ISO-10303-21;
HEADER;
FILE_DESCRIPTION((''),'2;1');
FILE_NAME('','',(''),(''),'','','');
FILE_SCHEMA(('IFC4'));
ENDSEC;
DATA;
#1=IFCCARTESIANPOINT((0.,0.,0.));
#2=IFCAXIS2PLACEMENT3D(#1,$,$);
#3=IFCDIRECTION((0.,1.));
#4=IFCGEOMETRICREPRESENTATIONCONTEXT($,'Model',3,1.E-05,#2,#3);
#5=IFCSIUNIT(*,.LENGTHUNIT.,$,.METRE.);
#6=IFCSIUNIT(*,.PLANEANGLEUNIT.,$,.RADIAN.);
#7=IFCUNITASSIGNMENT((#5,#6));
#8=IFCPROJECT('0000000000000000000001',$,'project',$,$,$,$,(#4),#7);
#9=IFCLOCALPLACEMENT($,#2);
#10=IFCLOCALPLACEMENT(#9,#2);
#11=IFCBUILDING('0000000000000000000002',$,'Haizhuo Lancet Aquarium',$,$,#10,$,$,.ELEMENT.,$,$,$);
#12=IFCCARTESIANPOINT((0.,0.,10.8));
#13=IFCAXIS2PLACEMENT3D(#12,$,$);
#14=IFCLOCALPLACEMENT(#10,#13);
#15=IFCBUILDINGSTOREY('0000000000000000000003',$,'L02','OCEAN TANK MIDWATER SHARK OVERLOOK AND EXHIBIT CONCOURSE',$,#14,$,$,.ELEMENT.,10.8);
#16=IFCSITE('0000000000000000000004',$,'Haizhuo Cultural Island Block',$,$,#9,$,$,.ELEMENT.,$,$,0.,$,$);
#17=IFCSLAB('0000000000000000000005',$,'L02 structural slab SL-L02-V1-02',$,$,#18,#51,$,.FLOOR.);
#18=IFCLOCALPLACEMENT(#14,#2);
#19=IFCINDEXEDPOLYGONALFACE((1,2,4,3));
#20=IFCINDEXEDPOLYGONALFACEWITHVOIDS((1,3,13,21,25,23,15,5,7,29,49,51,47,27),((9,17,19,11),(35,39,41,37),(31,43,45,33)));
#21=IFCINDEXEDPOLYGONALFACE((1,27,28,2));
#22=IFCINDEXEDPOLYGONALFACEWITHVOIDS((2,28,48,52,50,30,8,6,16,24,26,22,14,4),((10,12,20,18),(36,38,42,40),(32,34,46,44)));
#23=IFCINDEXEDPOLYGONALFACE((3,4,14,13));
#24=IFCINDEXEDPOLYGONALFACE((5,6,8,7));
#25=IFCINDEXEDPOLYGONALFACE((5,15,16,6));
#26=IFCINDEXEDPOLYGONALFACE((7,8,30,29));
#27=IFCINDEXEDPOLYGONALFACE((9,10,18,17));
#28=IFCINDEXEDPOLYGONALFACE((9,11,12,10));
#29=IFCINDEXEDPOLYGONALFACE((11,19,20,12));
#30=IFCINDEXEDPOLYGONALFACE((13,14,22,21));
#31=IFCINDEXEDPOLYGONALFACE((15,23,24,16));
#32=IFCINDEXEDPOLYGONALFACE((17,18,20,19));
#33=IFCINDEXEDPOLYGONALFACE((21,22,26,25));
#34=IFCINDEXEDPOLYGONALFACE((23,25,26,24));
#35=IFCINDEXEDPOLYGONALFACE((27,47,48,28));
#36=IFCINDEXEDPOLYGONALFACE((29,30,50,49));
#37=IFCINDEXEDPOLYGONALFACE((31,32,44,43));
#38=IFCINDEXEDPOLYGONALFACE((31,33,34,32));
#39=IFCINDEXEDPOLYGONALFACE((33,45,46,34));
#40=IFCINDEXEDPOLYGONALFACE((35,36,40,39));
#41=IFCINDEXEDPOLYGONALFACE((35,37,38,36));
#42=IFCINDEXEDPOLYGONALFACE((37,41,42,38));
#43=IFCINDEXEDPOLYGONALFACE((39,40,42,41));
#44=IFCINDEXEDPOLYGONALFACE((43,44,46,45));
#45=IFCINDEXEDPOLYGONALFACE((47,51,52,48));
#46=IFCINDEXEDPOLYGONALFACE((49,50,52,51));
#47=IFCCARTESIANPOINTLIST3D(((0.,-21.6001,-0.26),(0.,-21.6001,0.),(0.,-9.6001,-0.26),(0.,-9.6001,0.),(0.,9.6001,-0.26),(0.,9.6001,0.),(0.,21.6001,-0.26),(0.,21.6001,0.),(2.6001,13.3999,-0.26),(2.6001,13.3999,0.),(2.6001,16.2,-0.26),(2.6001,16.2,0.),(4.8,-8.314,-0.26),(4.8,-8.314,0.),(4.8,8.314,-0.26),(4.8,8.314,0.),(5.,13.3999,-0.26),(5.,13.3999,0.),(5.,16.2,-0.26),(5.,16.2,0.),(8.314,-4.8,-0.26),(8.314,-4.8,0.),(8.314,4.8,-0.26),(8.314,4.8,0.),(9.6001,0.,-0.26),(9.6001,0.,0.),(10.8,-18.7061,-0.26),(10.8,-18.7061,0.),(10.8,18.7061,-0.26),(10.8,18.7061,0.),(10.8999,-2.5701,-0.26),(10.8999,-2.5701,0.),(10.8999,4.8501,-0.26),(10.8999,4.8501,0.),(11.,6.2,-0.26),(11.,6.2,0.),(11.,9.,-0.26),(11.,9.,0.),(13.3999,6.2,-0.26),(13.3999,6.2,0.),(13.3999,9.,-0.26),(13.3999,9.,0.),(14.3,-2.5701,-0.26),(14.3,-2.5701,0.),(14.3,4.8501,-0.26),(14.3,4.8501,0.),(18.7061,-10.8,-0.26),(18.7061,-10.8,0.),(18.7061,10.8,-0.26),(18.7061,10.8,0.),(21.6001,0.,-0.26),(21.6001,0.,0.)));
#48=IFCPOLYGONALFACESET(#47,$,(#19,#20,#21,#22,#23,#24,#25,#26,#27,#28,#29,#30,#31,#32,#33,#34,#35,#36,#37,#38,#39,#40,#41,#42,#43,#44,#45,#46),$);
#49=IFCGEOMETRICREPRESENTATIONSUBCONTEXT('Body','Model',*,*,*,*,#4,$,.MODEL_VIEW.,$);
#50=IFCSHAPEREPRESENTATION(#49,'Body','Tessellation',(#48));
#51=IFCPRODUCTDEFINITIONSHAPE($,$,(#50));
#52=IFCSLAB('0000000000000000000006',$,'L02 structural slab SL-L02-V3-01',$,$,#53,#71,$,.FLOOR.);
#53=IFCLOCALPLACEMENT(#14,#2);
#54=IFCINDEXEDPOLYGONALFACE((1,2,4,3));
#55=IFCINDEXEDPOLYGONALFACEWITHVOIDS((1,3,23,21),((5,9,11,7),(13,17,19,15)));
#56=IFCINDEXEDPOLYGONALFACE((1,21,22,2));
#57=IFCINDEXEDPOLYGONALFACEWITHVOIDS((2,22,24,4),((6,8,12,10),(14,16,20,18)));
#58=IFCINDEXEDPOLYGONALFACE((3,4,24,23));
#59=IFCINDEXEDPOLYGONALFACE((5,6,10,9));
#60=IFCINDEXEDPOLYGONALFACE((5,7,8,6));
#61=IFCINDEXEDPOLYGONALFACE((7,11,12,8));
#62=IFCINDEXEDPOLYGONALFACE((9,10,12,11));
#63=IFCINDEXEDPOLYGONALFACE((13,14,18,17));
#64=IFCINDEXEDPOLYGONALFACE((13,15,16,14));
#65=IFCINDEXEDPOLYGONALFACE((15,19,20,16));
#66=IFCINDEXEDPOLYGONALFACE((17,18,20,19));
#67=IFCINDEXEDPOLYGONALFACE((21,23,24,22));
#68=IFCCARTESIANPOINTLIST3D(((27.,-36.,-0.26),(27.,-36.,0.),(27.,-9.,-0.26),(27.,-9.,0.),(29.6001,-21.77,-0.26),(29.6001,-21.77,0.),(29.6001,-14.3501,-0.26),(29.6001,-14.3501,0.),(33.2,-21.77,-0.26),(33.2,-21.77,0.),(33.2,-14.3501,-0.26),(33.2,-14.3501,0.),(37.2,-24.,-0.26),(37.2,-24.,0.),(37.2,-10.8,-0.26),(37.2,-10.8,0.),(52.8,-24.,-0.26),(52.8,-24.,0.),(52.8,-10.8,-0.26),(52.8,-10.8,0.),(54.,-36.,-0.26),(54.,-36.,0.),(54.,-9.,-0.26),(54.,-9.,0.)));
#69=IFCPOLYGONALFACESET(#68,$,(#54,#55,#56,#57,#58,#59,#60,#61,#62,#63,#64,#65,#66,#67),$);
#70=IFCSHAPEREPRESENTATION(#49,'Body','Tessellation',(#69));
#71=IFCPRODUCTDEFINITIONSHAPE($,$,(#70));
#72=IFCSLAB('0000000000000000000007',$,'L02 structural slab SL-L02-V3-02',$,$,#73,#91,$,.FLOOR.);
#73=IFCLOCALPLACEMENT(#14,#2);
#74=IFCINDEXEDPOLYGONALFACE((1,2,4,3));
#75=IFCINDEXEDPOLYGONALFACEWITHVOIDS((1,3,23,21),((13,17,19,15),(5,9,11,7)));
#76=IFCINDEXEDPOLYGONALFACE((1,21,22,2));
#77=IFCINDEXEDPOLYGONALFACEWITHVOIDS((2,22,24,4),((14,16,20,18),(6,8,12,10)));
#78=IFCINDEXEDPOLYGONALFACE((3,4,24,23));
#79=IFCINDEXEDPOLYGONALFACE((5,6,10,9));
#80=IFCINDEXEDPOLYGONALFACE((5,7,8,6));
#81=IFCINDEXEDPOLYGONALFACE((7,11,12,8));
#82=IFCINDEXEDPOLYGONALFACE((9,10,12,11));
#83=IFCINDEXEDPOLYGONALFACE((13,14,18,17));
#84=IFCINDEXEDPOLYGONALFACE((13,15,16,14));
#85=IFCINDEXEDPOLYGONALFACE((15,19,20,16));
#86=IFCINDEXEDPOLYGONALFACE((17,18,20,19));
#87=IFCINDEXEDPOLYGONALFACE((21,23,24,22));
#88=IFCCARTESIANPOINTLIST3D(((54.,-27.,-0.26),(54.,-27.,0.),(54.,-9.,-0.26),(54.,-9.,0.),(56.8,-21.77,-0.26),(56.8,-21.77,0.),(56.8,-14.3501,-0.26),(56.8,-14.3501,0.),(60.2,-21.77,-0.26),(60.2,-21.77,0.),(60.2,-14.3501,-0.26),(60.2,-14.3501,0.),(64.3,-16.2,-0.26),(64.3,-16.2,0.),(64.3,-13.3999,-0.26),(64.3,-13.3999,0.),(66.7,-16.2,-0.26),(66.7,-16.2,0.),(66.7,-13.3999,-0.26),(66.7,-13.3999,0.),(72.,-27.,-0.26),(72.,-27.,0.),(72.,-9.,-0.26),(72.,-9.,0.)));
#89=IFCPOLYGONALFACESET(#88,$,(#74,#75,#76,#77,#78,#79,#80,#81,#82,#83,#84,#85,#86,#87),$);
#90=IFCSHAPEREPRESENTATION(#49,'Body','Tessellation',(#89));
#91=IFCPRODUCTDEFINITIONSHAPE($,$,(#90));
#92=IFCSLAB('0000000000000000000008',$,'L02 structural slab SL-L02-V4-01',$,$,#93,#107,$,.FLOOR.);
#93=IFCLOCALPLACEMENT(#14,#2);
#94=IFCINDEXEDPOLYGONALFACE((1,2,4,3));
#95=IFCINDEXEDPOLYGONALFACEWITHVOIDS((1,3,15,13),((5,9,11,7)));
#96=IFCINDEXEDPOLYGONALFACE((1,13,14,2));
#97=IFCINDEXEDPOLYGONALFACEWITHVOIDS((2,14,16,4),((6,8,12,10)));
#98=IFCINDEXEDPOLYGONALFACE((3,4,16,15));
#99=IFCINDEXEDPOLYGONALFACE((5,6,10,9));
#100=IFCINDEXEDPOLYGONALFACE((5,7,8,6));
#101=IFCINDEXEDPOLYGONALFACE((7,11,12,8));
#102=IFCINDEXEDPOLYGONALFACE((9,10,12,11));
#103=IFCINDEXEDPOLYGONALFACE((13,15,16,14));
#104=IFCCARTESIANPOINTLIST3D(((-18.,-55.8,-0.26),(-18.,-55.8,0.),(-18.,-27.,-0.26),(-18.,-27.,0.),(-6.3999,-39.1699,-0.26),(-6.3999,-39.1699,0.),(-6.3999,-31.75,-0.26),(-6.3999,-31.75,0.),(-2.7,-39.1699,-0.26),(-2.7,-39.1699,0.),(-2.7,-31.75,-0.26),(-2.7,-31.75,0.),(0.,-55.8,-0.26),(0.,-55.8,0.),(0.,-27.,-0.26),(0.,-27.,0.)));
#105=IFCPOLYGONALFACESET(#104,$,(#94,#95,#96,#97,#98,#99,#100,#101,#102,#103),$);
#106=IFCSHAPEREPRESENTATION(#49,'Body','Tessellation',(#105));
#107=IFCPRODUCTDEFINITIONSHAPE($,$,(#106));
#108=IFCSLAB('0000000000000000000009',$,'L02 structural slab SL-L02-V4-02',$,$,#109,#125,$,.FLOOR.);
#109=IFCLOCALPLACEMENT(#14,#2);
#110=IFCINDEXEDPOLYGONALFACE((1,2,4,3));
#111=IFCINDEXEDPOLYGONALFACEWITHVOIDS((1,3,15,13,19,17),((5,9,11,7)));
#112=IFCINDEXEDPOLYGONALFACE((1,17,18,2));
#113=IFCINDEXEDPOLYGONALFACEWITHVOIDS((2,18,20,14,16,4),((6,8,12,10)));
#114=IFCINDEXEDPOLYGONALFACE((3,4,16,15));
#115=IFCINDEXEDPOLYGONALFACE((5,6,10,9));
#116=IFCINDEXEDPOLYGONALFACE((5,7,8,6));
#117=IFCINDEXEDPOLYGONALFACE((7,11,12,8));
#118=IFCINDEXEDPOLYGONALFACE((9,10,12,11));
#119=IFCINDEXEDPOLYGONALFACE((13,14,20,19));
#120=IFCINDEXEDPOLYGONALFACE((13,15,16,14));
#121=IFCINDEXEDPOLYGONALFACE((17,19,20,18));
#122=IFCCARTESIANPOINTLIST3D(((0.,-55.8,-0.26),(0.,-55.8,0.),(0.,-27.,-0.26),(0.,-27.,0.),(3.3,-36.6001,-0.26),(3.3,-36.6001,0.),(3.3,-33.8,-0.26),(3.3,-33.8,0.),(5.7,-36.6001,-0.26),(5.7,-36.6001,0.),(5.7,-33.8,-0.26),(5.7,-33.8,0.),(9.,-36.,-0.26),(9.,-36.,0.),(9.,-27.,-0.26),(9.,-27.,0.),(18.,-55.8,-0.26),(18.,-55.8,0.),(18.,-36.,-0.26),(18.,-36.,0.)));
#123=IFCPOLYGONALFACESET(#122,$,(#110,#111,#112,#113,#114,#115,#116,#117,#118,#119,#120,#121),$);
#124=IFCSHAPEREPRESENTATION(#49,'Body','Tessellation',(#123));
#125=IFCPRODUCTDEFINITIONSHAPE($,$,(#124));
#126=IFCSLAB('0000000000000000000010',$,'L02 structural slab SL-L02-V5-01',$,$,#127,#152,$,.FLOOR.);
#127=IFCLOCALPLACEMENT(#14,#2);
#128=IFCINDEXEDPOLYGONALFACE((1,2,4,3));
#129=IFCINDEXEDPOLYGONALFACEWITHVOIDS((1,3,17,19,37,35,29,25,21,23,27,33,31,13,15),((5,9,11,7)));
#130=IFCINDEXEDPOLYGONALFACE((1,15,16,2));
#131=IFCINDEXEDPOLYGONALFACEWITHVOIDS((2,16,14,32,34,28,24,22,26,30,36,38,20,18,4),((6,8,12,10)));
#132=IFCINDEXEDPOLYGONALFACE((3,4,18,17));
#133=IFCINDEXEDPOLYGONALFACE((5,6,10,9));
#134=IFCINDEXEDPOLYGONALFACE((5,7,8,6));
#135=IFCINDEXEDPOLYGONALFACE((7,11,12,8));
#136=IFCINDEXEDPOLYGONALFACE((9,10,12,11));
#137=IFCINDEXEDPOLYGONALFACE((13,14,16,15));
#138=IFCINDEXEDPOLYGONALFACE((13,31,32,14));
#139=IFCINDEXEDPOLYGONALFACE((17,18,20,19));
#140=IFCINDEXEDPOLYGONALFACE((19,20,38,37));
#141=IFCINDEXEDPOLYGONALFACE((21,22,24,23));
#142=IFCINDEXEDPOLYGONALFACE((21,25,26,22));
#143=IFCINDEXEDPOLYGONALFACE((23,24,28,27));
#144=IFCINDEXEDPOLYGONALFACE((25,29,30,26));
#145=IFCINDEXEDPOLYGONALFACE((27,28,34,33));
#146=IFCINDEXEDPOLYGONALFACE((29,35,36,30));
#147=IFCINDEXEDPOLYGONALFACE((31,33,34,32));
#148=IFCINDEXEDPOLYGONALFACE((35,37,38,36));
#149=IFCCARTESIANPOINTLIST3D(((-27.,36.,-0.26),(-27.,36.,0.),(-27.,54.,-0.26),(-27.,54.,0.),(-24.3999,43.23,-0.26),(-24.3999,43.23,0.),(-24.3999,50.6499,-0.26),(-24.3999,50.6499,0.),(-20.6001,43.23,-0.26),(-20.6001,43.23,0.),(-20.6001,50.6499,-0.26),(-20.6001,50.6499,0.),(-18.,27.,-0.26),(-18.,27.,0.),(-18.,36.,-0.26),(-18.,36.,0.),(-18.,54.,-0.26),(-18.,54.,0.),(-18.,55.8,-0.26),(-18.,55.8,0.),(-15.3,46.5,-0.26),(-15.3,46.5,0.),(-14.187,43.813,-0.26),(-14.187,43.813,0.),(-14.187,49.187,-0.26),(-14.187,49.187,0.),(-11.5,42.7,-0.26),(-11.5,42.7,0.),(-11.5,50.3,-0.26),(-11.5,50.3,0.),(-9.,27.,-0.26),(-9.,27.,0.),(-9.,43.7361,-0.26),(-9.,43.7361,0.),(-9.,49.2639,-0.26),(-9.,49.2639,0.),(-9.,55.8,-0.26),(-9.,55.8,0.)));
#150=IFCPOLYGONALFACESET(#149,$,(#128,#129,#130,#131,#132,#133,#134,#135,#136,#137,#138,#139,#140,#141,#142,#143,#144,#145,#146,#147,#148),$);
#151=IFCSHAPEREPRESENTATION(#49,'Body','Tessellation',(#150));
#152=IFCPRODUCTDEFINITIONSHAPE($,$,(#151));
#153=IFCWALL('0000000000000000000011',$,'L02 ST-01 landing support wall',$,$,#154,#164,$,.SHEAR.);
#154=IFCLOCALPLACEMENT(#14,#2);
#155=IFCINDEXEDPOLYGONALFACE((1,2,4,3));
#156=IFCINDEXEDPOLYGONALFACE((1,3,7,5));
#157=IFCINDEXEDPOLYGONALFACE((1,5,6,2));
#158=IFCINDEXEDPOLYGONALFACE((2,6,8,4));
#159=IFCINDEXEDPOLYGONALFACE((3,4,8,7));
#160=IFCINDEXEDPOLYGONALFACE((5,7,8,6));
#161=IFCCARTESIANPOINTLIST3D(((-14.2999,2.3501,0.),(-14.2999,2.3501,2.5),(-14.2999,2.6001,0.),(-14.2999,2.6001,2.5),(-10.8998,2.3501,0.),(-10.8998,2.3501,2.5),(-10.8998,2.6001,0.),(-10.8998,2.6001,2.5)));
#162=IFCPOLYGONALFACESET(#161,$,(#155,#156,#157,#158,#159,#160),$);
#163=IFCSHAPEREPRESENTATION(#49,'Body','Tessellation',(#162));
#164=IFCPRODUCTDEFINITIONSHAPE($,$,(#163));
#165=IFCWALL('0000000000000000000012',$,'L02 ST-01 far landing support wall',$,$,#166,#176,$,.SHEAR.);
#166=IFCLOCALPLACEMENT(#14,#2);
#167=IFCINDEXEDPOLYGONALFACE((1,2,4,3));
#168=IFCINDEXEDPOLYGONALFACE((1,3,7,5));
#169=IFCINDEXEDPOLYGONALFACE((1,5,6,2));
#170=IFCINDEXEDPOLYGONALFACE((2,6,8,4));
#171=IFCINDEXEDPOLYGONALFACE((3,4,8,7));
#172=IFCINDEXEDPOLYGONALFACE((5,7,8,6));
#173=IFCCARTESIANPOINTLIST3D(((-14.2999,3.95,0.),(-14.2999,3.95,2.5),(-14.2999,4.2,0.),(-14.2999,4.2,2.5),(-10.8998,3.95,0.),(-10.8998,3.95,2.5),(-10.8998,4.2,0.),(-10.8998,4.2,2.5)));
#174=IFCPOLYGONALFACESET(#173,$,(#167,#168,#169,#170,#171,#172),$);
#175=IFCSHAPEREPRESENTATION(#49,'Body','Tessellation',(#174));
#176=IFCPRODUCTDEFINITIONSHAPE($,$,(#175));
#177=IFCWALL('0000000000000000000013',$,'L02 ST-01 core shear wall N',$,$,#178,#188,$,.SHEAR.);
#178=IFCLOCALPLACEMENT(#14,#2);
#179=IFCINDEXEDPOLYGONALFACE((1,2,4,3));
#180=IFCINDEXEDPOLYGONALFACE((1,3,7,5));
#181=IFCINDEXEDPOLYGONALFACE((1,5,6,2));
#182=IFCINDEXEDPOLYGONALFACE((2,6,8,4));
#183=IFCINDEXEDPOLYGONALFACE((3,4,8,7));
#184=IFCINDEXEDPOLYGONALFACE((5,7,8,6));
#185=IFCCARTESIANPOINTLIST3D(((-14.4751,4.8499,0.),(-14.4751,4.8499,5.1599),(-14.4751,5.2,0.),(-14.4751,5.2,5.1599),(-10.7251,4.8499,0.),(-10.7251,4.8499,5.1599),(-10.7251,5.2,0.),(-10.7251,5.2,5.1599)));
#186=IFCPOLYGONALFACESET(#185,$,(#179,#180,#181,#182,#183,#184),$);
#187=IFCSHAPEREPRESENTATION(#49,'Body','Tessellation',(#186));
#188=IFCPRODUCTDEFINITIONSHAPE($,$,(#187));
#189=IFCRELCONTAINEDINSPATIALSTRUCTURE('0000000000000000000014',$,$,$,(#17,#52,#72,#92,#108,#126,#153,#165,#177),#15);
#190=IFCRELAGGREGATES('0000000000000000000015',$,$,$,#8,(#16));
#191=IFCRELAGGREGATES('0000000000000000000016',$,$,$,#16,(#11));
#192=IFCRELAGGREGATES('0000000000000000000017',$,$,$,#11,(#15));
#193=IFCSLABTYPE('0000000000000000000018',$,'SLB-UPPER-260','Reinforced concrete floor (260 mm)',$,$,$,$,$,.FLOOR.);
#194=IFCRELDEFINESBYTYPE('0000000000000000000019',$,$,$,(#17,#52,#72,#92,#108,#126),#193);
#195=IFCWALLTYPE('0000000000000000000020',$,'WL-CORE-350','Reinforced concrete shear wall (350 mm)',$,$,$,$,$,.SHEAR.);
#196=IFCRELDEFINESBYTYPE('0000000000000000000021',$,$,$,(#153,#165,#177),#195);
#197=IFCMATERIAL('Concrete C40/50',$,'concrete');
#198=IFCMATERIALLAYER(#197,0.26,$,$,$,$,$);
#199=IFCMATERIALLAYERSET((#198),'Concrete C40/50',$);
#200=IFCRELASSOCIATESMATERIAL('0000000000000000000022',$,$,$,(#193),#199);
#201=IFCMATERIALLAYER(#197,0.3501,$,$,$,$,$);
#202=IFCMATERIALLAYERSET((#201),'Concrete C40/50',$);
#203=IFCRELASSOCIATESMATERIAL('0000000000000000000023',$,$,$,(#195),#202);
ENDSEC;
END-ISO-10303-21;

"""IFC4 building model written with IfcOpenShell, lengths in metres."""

from ifc_helpers import new_model, si_unit, direction, frame, frame_2d, origin, place, context, subcontext, project, spatial, polyline, rectangle, outline, extrude, material, layer, layer_set, type_object, element, save


model = new_model("IFC4")

# Units and contexts
model_context = context("Model", 3, precision=1e-05, world=origin(), true_north=direction((0.0, 1.0)))
body_context = subcontext(model_context, "Body", "Model", "MODEL_VIEW")
ifc_project = project(units=[si_unit("LENGTHUNIT", "METRE"), si_unit("PLANEANGLEUNIT", "RADIAN")], contexts=[model_context])

# Site, building, storey
site_placement = place(None, origin())
site = spatial("IfcSite", under=ifc_project, at=site_placement, Name="Haizhuo Cultural Island Block", CompositionType="ELEMENT", RefElevation=0.0)
building_placement = place(site_placement, origin())
building = spatial("IfcBuilding", under=site, at=building_placement, Name="Haizhuo Lancet Aquarium", CompositionType="ELEMENT")
storey_placement = place(building_placement, frame((0.0, 0.0, 10.8)))
storey = spatial("IfcBuildingStorey", under=building, at=storey_placement, Name="L02", Description="OCEAN TANK MIDWATER SHARK OVERLOOK AND EXHIBIT CONCOURSE", CompositionType="ELEMENT", Elevation=10.8)

# Shared definitions
ifc_material_1 = material(Name="Concrete C40/50", Category="concrete")

# Slabs
ifc_layer_1 = layer(ifc_material_1, 0.26)
ifc_layer_set_1 = layer_set([ifc_layer_1], Name="Concrete C40/50")
slab_type = type_object("IfcSlabType", Name="SLB-UPPER-260", Description="Reinforced concrete floor (260 mm)", PredefinedType="FLOOR", material=ifc_layer_set_1)
slab_1_placement = place(storey_placement, frame((0.0, 0.0, -0.26)))
element("IfcSlab", 1, at=slab_1_placement, inside=storey, type_object=slab_type, Name="L02 structural slab SL-L02-V1-02", PredefinedType="FLOOR", context=body_context, shape_type="SweptSolid", body=[
    extrude(outline(polyline([(0.0, 21.6001), (0.0, 9.6001), (4.8, 8.314), (8.314, 4.8), (9.6001, 0.0), (8.314, -4.8), (4.8, -8.314), (0.0, -9.6001), (0.0, -21.6001), (10.8, -18.7061), (18.7061, -10.8), (21.6001, 0.0), (18.7061, 10.8), (10.8, 18.7061), (0.0, 21.6001)]), holes=[polyline([(14.3, -2.5701), (14.3, 4.8501), (10.8999, 4.8501), (10.8999, -2.5701), (14.3, -2.5701)]), polyline([(5.0, 13.3999), (5.0, 16.2), (2.6001, 16.2), (2.6001, 13.3999), (5.0, 13.3999)]), polyline([(13.3999, 9.0), (11.0, 9.0), (11.0, 6.2), (13.3999, 6.2), (13.3999, 9.0)])]), origin(), (0.0, 0.0, 1.0), 0.26),
])
slab_2_placement = place(storey_placement, frame((0.0, 0.0, -0.26)))
element("IfcSlab", 2, at=slab_2_placement, inside=storey, type_object=slab_type, Name="L02 structural slab SL-L02-V3-01", PredefinedType="FLOOR", context=body_context, shape_type="SweptSolid", body=[
    extrude(outline(polyline([(54.0, -36.0), (54.0, -9.0), (27.0, -9.0), (27.0, -36.0), (54.0, -36.0)]), holes=[polyline([(29.6001, -21.77), (33.2, -21.77), (33.2, -14.3501), (29.6001, -14.3501), (29.6001, -21.77)]), polyline([(52.8, -10.8), (37.2, -10.8), (37.2, -24.0), (52.8, -24.0), (52.8, -10.8)])]), origin(), (0.0, 0.0, 1.0), 0.26),
])
slab_3_placement = place(storey_placement, frame((0.0, 0.0, -0.26)))
element("IfcSlab", 3, at=slab_3_placement, inside=storey, type_object=slab_type, Name="L02 structural slab SL-L02-V3-02", PredefinedType="FLOOR", context=body_context, shape_type="SweptSolid", body=[
    extrude(outline(polyline([(54.0, -9.0), (54.0, -27.0), (72.0, -27.0), (72.0, -9.0), (54.0, -9.0)]), holes=[polyline([(56.8, -14.3501), (56.8, -21.77), (60.2, -21.77), (60.2, -14.3501), (56.8, -14.3501)]), polyline([(66.7, -16.2), (66.7, -13.3999), (64.3, -13.3999), (64.3, -16.2), (66.7, -16.2)])]), origin(), (0.0, 0.0, 1.0), 0.26),
])
slab_4_placement = place(storey_placement, frame((0.0, 0.0, -0.26)))
element("IfcSlab", 4, at=slab_4_placement, inside=storey, type_object=slab_type, Name="L02 structural slab SL-L02-V4-01", PredefinedType="FLOOR", context=body_context, shape_type="SweptSolid", body=[
    extrude(outline(polyline([(0.0, -55.8), (0.0, -27.0), (-18.0, -27.0), (-18.0, -55.8), (0.0, -55.8)]), holes=[polyline([(-2.7, -39.1699), (-2.7, -31.75), (-6.3999, -31.75), (-6.3999, -39.1699), (-2.7, -39.1699)])]), origin(), (0.0, 0.0, 1.0), 0.26),
])
slab_5_placement = place(storey_placement, frame((0.0, 0.0, -0.26)))
element("IfcSlab", 5, at=slab_5_placement, inside=storey, type_object=slab_type, Name="L02 structural slab SL-L02-V4-02", PredefinedType="FLOOR", context=body_context, shape_type="SweptSolid", body=[
    extrude(outline(polyline([(18.0, -36.0), (9.0, -36.0), (9.0, -27.0), (0.0, -27.0), (0.0, -55.8), (18.0, -55.8), (18.0, -36.0)]), holes=[polyline([(3.3, -33.8), (3.3, -36.6001), (5.7, -36.6001), (5.7, -33.8), (3.3, -33.8)])]), origin(), (0.0, 0.0, 1.0), 0.26),
])
slab_6_placement = place(storey_placement, frame((0.0, 0.0, -0.26)))
element("IfcSlab", 6, at=slab_6_placement, inside=storey, type_object=slab_type, Name="L02 structural slab SL-L02-V5-01", PredefinedType="FLOOR", context=body_context, shape_type="SweptSolid", body=[
    extrude(outline(polyline([(-18.0, 55.8), (-18.0, 54.0), (-27.0, 54.0), (-27.0, 36.0), (-18.0, 36.0), (-18.0, 27.0), (-9.0, 27.0), (-9.0, 43.7361), (-11.5, 42.7), (-14.187, 43.813), (-15.3, 46.5), (-14.187, 49.187), (-11.5, 50.3), (-9.0, 49.2639), (-9.0, 55.8), (-18.0, 55.8)]), holes=[polyline([(-20.6001, 43.23), (-20.6001, 50.6499), (-24.3999, 50.6499), (-24.3999, 43.23), (-20.6001, 43.23)])]), origin(), (0.0, 0.0, 1.0), 0.26),
])

# Walls
ifc_layer_2 = layer(ifc_material_1, 0.3501)
ifc_layer_set_2 = layer_set([ifc_layer_2], Name="Concrete C40/50")
wall_type_1 = type_object("IfcWallType", Name="WL-CORE-350", Description="Reinforced concrete shear wall (350 mm)", PredefinedType="SHEAR", material=ifc_layer_set_2)
for number, where, z_axis, x_axis, name in (
    (7, (-14.3, 2.4751, 0.0), (0.0, 0.0, 1.0), (1.0, 0.0, 0.0), "L02 ST-01 landing support wall"),
    (8, (-14.3, 4.075, 0.0), (0.0, 0.0, 1.0), (1.0, 0.0, 0.0), "L02 ST-01 far landing support wall"),
):
    element("IfcWall", number, at=place(storey_placement, frame(where, z_axis=z_axis, x_axis=x_axis)), inside=storey, type_object=wall_type_1, Name=name, PredefinedType="SHEAR", context=body_context, shape_type="SweptSolid", body=[
        extrude(rectangle(XDim=3.4001, YDim=0.25, at=frame_2d((1.7002, 0.0))), origin(), (0.0, 0.0, 1.0), 2.5),
    ])
wall_1_placement = place(storey_placement, frame((-14.4751, 5.0249, 0.0), z_axis=(0.0, 0.0, 1.0), x_axis=(1.0, 0.0, 0.0)))
element("IfcWall", 9, at=wall_1_placement, inside=storey, type_object=wall_type_1, Name="L02 ST-01 core shear wall N", PredefinedType="SHEAR", context=body_context, shape_type="SweptSolid", body=[
    extrude(rectangle(XDim=3.75, YDim=0.3501, at=frame_2d((1.875, 0.0))), origin(), (0.0, 0.0, 1.0), 5.1599),
])

save(model, "model.ifc")
